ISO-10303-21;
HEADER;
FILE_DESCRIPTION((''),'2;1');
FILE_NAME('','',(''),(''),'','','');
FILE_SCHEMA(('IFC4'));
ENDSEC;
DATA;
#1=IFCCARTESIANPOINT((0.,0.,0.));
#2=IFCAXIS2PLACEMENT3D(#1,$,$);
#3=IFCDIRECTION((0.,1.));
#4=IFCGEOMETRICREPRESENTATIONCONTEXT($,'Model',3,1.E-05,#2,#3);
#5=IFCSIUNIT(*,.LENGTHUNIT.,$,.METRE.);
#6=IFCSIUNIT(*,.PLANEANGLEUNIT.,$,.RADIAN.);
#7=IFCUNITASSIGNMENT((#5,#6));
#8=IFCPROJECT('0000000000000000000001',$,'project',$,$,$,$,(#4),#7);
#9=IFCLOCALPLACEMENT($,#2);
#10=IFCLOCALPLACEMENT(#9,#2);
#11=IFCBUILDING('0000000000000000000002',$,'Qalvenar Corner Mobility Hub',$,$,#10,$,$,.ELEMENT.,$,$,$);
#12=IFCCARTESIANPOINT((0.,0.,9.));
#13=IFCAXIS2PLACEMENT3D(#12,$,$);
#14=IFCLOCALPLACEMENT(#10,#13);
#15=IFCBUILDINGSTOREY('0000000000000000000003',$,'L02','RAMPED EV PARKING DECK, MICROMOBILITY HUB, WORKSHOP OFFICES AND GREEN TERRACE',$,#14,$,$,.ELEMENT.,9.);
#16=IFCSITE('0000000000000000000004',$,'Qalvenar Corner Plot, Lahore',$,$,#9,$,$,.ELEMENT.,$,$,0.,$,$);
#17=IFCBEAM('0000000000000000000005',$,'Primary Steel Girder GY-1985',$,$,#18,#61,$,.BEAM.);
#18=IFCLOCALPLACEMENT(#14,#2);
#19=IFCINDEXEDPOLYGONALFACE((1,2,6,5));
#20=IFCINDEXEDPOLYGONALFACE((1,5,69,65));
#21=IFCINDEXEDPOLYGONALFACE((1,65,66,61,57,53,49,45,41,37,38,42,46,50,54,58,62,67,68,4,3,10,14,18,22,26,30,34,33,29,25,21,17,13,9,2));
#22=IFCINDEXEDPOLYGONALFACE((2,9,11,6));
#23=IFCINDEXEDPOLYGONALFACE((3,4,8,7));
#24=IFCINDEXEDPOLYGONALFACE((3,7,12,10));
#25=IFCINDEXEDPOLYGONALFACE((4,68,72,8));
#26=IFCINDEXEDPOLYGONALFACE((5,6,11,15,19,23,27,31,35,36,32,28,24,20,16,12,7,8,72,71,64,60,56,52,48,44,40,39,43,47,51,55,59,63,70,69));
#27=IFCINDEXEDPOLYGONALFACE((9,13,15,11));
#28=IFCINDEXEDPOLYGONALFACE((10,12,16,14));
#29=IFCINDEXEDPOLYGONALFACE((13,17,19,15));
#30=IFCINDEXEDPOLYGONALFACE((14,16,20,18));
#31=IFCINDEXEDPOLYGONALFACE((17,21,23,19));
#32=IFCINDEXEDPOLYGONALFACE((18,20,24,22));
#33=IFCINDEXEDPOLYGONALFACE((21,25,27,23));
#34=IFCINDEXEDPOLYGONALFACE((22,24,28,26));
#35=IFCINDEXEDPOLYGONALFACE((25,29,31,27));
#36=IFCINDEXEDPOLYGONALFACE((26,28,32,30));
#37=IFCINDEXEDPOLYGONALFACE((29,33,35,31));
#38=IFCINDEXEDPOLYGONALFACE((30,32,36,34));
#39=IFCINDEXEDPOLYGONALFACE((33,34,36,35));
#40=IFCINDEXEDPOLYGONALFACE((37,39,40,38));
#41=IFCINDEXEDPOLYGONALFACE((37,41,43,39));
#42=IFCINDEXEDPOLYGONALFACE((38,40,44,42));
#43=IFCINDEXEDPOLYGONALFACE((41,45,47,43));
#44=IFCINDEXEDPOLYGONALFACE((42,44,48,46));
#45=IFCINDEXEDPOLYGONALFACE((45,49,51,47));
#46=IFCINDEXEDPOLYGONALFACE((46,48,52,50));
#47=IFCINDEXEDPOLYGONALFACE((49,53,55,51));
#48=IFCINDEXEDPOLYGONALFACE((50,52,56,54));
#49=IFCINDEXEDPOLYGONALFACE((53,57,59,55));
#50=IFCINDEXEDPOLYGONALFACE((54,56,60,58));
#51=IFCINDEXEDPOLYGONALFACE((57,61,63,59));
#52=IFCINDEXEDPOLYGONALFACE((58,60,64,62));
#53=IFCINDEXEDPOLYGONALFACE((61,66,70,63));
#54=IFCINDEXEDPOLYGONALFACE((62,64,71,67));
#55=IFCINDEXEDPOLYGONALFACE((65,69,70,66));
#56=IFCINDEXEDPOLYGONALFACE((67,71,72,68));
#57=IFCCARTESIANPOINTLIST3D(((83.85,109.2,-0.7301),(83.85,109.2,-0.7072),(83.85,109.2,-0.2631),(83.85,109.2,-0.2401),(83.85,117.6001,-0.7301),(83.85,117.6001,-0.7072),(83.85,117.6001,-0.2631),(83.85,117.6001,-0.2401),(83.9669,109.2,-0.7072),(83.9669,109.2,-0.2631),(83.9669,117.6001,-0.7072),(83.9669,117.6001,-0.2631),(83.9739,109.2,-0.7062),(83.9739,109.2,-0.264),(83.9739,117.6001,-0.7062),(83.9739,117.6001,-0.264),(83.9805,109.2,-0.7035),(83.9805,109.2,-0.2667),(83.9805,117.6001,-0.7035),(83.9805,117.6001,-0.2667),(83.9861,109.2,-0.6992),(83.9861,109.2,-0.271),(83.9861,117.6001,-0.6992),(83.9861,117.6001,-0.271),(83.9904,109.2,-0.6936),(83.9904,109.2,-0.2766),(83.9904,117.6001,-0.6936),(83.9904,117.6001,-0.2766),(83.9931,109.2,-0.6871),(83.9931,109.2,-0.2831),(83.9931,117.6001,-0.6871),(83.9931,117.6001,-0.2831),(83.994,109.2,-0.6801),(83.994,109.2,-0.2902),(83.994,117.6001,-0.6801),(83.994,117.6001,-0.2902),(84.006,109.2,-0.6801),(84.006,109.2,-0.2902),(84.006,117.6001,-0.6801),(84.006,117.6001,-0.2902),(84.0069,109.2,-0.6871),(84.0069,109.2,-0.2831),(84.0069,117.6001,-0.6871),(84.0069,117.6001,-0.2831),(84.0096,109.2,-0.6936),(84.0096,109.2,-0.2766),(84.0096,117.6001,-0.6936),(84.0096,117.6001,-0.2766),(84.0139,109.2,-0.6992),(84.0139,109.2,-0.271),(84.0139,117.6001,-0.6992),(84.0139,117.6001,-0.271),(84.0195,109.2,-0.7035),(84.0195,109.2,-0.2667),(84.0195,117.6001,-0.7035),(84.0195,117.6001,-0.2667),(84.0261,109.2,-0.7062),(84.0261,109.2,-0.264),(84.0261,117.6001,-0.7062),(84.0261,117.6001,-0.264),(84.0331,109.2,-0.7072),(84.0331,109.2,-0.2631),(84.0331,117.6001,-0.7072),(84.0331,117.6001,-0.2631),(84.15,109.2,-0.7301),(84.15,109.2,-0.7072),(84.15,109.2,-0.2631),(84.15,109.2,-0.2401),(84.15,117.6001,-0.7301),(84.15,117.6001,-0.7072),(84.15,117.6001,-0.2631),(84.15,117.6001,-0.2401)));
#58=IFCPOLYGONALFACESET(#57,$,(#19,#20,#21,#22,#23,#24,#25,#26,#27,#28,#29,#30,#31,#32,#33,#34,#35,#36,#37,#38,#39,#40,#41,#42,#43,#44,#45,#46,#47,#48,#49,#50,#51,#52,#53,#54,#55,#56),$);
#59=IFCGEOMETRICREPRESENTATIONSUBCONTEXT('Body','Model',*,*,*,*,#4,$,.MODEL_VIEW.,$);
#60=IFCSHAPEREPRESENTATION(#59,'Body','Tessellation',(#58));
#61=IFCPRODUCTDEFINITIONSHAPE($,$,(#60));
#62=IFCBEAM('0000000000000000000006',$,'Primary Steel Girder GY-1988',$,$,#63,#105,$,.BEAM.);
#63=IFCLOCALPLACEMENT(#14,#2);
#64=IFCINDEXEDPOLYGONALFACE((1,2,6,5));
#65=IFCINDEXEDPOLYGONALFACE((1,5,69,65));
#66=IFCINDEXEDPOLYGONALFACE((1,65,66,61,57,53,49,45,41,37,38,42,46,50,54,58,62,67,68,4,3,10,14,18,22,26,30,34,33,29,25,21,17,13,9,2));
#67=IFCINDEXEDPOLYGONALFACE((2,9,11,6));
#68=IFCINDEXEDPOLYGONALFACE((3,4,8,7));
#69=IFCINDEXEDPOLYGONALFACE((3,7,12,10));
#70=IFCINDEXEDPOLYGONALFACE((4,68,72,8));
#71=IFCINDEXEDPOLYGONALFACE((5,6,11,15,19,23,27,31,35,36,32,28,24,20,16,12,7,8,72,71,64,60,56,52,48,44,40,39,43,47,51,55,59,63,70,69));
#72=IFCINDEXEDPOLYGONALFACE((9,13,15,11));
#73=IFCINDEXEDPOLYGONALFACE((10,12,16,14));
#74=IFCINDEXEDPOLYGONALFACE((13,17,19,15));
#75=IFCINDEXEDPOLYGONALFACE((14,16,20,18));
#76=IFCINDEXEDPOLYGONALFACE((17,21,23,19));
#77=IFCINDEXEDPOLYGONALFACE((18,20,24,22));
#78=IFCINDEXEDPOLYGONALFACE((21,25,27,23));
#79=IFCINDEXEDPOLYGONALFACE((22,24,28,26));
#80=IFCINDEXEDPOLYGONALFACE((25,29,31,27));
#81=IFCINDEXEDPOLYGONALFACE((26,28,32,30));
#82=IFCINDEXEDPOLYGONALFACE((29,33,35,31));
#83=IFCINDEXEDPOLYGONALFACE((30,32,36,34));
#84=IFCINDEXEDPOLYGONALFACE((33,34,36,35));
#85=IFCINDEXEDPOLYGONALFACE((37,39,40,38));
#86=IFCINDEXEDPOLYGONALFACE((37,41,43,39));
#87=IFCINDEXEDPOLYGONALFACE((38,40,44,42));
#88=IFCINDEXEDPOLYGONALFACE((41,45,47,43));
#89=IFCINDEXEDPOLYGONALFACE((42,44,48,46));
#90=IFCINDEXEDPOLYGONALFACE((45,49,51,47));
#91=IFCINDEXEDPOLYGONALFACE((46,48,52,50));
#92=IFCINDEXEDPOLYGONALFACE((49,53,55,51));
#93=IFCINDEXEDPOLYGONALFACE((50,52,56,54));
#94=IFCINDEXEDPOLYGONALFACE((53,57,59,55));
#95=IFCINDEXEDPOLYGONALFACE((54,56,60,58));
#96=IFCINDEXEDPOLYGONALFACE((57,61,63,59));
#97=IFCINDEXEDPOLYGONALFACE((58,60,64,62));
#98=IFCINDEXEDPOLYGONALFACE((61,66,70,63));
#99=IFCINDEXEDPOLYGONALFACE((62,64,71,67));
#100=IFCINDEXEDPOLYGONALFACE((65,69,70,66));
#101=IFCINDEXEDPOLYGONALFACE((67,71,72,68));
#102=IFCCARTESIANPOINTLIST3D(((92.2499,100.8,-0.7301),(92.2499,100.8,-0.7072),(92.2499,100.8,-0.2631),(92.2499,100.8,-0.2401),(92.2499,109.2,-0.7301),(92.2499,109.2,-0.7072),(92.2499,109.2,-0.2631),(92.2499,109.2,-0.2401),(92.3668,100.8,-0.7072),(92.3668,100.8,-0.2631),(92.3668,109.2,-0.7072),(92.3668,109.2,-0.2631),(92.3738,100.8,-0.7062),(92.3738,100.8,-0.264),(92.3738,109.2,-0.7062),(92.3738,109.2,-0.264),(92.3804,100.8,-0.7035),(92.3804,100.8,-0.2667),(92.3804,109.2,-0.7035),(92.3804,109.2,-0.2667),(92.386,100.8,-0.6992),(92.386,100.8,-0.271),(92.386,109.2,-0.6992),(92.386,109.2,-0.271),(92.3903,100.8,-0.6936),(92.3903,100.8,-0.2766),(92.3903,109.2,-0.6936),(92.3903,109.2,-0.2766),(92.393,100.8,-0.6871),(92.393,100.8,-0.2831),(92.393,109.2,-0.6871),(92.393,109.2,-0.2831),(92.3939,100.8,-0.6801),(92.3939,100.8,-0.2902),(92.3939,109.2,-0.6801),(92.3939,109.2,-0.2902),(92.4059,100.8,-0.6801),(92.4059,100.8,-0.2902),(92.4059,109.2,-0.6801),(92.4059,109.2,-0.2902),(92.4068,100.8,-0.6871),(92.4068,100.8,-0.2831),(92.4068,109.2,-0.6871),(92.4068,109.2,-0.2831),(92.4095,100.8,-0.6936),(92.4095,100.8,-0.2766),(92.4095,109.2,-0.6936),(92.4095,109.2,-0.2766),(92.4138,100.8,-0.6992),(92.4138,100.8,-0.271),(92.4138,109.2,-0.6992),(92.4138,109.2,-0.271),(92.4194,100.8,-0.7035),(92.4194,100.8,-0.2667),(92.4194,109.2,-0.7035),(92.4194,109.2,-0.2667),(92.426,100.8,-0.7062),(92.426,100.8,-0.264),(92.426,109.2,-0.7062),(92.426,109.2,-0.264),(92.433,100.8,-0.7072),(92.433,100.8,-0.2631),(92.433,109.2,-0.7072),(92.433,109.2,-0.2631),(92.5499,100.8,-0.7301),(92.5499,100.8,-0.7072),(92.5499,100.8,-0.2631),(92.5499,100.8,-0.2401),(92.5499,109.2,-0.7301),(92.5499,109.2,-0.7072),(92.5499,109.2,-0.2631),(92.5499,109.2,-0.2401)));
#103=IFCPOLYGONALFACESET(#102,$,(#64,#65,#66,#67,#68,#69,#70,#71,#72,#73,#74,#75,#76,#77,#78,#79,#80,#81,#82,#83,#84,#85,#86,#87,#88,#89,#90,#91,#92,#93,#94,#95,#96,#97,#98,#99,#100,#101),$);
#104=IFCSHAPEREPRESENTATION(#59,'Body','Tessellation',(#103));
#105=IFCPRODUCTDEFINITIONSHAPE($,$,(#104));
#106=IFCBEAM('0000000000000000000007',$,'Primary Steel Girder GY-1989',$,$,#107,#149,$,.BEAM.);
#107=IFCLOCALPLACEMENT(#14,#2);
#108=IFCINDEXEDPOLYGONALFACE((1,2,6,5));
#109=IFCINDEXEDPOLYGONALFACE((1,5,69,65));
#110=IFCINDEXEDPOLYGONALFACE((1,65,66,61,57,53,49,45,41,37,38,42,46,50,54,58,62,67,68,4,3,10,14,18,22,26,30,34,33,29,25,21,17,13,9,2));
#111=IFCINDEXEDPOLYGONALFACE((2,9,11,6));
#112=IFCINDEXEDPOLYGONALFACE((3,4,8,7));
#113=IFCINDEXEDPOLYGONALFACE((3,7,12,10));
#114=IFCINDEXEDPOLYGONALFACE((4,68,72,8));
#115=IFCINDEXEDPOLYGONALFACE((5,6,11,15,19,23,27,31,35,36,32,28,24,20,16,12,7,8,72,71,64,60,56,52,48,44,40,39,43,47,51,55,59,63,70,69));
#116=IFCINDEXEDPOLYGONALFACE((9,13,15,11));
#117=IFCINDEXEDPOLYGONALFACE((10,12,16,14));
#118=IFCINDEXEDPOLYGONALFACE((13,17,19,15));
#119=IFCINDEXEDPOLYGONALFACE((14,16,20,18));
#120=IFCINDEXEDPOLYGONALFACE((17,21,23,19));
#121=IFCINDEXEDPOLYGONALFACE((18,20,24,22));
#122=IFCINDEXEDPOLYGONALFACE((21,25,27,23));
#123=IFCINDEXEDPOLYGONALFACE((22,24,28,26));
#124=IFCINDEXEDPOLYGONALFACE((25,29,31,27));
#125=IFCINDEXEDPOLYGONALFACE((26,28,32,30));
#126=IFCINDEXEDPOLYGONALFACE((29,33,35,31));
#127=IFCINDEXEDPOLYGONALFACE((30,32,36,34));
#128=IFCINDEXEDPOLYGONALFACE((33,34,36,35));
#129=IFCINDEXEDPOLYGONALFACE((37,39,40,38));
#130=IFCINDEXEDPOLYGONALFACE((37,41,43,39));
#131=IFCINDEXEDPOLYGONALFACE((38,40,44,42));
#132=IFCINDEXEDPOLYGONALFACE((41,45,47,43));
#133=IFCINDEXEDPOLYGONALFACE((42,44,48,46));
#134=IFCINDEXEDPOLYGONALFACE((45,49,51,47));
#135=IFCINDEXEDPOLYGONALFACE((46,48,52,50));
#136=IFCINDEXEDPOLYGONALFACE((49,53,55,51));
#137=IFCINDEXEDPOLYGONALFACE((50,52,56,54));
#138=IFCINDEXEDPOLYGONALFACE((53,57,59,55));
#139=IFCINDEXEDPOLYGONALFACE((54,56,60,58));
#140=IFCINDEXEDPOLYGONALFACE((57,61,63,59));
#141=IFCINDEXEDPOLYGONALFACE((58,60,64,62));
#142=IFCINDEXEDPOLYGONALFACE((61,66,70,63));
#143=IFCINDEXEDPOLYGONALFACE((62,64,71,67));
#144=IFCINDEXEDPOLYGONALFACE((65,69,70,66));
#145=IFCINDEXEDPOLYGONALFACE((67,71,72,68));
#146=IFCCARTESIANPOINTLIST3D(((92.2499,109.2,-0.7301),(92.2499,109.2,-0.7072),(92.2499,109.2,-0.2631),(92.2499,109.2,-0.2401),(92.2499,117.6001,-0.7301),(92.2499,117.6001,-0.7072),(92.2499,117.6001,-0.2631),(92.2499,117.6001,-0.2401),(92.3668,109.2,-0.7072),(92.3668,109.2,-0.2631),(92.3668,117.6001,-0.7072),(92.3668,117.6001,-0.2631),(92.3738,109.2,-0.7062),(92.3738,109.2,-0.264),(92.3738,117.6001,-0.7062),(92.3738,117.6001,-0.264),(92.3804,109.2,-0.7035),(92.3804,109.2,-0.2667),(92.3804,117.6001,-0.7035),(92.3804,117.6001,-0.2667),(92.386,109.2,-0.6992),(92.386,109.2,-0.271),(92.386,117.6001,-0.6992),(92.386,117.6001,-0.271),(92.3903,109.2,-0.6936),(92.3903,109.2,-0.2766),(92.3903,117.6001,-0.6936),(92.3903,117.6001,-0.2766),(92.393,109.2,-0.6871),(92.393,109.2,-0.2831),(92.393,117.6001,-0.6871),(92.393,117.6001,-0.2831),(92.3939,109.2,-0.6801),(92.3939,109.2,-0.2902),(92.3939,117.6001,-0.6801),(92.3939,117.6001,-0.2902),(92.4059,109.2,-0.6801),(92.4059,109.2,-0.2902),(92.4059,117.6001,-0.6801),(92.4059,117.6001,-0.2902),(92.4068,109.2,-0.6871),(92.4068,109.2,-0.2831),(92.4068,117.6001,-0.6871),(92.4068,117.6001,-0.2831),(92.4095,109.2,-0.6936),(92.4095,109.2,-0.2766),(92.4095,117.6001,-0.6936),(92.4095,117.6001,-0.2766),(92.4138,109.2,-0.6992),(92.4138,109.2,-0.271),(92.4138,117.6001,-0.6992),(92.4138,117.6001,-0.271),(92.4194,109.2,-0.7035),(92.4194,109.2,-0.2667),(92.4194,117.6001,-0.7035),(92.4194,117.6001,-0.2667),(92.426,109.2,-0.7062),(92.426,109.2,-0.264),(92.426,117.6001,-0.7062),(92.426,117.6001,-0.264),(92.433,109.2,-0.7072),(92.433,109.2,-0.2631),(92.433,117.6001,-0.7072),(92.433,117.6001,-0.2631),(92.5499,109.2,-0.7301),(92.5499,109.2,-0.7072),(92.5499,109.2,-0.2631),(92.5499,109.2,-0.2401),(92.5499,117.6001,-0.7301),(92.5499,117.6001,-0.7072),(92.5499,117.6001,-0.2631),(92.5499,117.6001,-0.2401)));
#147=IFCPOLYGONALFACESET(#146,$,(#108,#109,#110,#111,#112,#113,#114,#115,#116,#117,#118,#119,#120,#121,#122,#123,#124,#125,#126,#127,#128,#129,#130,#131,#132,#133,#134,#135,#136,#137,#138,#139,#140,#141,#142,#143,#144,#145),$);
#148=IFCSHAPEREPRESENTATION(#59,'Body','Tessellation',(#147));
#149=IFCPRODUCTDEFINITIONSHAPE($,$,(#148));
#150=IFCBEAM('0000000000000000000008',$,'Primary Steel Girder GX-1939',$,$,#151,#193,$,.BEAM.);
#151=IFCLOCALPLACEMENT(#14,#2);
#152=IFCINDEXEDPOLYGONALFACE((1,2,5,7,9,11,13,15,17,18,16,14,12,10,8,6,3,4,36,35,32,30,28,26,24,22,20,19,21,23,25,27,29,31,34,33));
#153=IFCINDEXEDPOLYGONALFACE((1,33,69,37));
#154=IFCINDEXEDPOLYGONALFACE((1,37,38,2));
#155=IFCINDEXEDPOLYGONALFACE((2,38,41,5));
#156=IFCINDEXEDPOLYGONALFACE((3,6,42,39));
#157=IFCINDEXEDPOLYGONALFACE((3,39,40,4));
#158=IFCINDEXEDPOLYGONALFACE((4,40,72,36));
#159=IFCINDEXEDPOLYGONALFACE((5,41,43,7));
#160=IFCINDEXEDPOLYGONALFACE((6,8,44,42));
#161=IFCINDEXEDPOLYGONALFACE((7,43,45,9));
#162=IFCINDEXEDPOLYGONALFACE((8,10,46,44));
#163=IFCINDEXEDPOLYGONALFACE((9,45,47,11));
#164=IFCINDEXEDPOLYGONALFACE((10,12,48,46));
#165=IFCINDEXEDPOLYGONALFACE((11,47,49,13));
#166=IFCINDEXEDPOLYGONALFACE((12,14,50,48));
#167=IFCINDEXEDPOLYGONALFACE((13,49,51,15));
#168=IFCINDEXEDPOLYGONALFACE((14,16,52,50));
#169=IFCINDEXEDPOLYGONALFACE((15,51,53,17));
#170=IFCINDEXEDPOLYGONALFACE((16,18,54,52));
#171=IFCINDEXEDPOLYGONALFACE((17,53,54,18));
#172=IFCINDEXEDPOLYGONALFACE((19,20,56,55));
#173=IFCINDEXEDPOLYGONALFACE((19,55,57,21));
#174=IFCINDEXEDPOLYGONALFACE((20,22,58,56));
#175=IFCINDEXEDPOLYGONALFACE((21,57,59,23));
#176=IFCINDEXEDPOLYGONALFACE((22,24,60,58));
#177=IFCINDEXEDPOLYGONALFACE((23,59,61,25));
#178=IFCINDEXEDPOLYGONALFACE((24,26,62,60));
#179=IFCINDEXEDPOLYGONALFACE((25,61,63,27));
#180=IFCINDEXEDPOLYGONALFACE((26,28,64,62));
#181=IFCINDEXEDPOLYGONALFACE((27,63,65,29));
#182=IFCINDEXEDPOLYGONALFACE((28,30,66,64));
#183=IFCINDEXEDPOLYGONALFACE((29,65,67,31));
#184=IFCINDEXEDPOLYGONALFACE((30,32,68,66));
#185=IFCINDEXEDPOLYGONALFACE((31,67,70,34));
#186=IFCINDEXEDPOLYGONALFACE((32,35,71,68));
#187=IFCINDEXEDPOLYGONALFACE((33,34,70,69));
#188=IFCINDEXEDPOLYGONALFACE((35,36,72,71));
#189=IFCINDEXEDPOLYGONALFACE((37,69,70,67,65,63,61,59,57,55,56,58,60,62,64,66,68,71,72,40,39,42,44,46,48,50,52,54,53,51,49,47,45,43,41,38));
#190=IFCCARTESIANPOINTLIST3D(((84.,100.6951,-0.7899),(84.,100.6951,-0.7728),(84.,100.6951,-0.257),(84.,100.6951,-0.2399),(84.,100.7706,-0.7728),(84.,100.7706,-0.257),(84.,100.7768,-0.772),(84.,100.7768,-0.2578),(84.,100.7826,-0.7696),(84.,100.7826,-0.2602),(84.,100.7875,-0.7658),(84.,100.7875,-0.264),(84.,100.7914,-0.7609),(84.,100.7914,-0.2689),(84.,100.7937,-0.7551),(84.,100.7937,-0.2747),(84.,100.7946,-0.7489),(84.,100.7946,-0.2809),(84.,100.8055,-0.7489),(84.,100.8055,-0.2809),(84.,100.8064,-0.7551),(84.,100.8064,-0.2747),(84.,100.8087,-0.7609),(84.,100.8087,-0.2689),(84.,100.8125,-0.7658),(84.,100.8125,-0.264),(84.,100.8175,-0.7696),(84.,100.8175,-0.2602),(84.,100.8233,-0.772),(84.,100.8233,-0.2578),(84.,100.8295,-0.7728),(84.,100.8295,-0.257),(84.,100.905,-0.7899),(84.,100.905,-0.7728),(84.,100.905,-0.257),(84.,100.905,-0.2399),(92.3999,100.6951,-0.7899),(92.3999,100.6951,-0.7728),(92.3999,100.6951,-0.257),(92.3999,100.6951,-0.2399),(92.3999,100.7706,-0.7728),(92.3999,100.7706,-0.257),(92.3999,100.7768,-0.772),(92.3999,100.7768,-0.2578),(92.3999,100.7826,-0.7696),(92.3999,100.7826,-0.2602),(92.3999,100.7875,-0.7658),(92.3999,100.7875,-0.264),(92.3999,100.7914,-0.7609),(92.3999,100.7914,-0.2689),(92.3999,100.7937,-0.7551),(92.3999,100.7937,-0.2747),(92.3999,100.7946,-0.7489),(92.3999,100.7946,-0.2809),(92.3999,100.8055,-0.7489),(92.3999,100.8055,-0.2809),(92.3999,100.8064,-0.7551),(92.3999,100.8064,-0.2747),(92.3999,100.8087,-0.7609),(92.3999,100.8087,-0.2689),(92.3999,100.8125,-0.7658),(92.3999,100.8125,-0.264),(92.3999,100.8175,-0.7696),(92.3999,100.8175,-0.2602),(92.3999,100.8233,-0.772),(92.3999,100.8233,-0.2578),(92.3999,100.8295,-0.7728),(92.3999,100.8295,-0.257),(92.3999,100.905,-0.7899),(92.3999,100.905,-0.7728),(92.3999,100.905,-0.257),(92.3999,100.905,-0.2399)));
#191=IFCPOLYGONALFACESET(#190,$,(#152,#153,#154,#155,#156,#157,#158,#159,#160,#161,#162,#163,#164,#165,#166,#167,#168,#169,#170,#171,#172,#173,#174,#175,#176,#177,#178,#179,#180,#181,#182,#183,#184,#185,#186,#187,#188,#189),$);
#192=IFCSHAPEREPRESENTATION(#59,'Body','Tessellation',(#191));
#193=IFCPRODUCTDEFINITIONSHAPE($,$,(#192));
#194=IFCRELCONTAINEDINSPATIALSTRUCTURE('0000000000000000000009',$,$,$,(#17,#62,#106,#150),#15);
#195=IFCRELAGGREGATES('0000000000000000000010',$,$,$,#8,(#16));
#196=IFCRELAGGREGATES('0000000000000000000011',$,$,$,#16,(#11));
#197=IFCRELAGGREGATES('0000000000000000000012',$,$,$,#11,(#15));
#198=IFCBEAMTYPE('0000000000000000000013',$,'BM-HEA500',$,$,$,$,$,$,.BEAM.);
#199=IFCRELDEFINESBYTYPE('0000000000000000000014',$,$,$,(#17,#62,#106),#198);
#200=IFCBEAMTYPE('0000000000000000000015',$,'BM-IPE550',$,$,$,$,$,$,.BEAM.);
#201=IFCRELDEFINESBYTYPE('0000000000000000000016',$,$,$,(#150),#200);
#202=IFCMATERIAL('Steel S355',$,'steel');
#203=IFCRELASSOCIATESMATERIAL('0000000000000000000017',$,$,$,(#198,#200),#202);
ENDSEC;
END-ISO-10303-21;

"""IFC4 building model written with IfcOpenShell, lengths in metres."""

from ifc_helpers import new_model, si_unit, direction, frame, origin, origin_2d, place, context, subcontext, project, spatial, i_section, extrude, material, material_profile, profile_set, type_object, element, save


model = new_model("IFC4")

# Units and contexts
model_context = context("Model", 3, precision=1e-05, world=origin(), true_north=direction((0.0, 1.0)))
body_context = subcontext(model_context, "Body", "Model", "MODEL_VIEW")
ifc_project = project(units=[si_unit("LENGTHUNIT", "METRE"), si_unit("PLANEANGLEUNIT", "RADIAN")], contexts=[model_context])

# Site, building, storey
site_placement = place(None, origin())
site = spatial("IfcSite", under=ifc_project, at=site_placement, Name="Qalvenar Corner Plot, Lahore", CompositionType="ELEMENT", RefElevation=0.0)
building_placement = place(site_placement, origin())
building = spatial("IfcBuilding", under=site, at=building_placement, Name="Qalvenar Corner Mobility Hub", CompositionType="ELEMENT")
storey_placement = place(building_placement, frame((0.0, 0.0, 9.0)))
storey = spatial("IfcBuildingStorey", under=building, at=storey_placement, Name="L02", Description="RAMPED EV PARKING DECK, MICROMOBILITY HUB, WORKSHOP OFFICES AND GREEN TERRACE", CompositionType="ELEMENT", Elevation=9.0)

# Shared definitions
ifc_material = material(Name="Steel S355", Category="steel")

# Beams
ifc_material_profile_1 = material_profile(ifc_material, i_section(OverallWidth=0.3, OverallDepth=0.49, WebThickness=0.012, FlangeThickness=0.0229, FilletRadius=0.0271, at=origin_2d()), Name="HEA500")
ifc_profile_set_1 = profile_set([ifc_material_profile_1], Name="Steel S355")
beam_type_1 = type_object("IfcBeamType", Name="BM-HEA500", PredefinedType="BEAM", material=ifc_profile_set_1)
beam_1_placement = place(storey_placement, frame((84.0, 109.2, -0.4851), z_axis=(0.0, 1.0, 0.0), x_axis=(-1.0, 0.0, 0.0)))
element("IfcBeam", 1, at=beam_1_placement, inside=storey, type_object=beam_type_1, Name="Primary Steel Girder GY-1985", PredefinedType="BEAM", context=body_context, shape_type="SweptSolid", body=[
    extrude(i_section(OverallWidth=0.3, OverallDepth=0.49, WebThickness=0.012, FlangeThickness=0.0229, FilletRadius=0.0271, at=origin_2d()), origin(), (0.0, 0.0, 1.0), 8.4001),
])
beam_2_placement = place(storey_placement, frame((92.3999, 100.8, -0.4851), z_axis=(0.0, 1.0, 0.0), x_axis=(-1.0, 0.0, 0.0)))
element("IfcBeam", 2, at=beam_2_placement, inside=storey, type_object=beam_type_1, Name="Primary Steel Girder GY-1988", PredefinedType="BEAM", context=body_context, shape_type="SweptSolid", body=[
    extrude(i_section(OverallWidth=0.3, OverallDepth=0.49, WebThickness=0.012, FlangeThickness=0.0229, FilletRadius=0.0271, at=origin_2d()), origin(), (0.0, 0.0, 1.0), 8.3999),
])
beam_3_placement = place(storey_placement, frame((92.3999, 109.2, -0.4851), z_axis=(0.0, 1.0, 0.0), x_axis=(-1.0, 0.0, 0.0)))
element("IfcBeam", 3, at=beam_3_placement, inside=storey, type_object=beam_type_1, Name="Primary Steel Girder GY-1989", PredefinedType="BEAM", context=body_context, shape_type="SweptSolid", body=[
    extrude(i_section(OverallWidth=0.3, OverallDepth=0.49, WebThickness=0.012, FlangeThickness=0.0229, FilletRadius=0.0271, at=origin_2d()), origin(), (0.0, 0.0, 1.0), 8.4001),
])
ifc_material_profile_2 = material_profile(ifc_material, i_section(OverallWidth=0.21, OverallDepth=0.55, WebThickness=0.011, FlangeThickness=0.0171, FilletRadius=0.0239, at=origin_2d()), Name="IPE550")
ifc_profile_set_2 = profile_set([ifc_material_profile_2], Name="Steel S355")
beam_type_2 = type_object("IfcBeamType", Name="BM-IPE550", PredefinedType="BEAM", material=ifc_profile_set_2)
beam_4_placement = place(storey_placement, frame((84.0, 100.8, -0.5149), z_axis=(1.0, 0.0, 0.0), x_axis=(0.0, 1.0, 0.0)))
element("IfcBeam", 4, at=beam_4_placement, inside=storey, type_object=beam_type_2, Name="Primary Steel Girder GX-1939", PredefinedType="BEAM", context=body_context, shape_type="SweptSolid", body=[
    extrude(i_section(OverallWidth=0.21, OverallDepth=0.55, WebThickness=0.011, FlangeThickness=0.0171, FilletRadius=0.0239, at=origin_2d()), origin(), (0.0, 0.0, 1.0), 8.3999),
])

save(model, "model.ifc")
